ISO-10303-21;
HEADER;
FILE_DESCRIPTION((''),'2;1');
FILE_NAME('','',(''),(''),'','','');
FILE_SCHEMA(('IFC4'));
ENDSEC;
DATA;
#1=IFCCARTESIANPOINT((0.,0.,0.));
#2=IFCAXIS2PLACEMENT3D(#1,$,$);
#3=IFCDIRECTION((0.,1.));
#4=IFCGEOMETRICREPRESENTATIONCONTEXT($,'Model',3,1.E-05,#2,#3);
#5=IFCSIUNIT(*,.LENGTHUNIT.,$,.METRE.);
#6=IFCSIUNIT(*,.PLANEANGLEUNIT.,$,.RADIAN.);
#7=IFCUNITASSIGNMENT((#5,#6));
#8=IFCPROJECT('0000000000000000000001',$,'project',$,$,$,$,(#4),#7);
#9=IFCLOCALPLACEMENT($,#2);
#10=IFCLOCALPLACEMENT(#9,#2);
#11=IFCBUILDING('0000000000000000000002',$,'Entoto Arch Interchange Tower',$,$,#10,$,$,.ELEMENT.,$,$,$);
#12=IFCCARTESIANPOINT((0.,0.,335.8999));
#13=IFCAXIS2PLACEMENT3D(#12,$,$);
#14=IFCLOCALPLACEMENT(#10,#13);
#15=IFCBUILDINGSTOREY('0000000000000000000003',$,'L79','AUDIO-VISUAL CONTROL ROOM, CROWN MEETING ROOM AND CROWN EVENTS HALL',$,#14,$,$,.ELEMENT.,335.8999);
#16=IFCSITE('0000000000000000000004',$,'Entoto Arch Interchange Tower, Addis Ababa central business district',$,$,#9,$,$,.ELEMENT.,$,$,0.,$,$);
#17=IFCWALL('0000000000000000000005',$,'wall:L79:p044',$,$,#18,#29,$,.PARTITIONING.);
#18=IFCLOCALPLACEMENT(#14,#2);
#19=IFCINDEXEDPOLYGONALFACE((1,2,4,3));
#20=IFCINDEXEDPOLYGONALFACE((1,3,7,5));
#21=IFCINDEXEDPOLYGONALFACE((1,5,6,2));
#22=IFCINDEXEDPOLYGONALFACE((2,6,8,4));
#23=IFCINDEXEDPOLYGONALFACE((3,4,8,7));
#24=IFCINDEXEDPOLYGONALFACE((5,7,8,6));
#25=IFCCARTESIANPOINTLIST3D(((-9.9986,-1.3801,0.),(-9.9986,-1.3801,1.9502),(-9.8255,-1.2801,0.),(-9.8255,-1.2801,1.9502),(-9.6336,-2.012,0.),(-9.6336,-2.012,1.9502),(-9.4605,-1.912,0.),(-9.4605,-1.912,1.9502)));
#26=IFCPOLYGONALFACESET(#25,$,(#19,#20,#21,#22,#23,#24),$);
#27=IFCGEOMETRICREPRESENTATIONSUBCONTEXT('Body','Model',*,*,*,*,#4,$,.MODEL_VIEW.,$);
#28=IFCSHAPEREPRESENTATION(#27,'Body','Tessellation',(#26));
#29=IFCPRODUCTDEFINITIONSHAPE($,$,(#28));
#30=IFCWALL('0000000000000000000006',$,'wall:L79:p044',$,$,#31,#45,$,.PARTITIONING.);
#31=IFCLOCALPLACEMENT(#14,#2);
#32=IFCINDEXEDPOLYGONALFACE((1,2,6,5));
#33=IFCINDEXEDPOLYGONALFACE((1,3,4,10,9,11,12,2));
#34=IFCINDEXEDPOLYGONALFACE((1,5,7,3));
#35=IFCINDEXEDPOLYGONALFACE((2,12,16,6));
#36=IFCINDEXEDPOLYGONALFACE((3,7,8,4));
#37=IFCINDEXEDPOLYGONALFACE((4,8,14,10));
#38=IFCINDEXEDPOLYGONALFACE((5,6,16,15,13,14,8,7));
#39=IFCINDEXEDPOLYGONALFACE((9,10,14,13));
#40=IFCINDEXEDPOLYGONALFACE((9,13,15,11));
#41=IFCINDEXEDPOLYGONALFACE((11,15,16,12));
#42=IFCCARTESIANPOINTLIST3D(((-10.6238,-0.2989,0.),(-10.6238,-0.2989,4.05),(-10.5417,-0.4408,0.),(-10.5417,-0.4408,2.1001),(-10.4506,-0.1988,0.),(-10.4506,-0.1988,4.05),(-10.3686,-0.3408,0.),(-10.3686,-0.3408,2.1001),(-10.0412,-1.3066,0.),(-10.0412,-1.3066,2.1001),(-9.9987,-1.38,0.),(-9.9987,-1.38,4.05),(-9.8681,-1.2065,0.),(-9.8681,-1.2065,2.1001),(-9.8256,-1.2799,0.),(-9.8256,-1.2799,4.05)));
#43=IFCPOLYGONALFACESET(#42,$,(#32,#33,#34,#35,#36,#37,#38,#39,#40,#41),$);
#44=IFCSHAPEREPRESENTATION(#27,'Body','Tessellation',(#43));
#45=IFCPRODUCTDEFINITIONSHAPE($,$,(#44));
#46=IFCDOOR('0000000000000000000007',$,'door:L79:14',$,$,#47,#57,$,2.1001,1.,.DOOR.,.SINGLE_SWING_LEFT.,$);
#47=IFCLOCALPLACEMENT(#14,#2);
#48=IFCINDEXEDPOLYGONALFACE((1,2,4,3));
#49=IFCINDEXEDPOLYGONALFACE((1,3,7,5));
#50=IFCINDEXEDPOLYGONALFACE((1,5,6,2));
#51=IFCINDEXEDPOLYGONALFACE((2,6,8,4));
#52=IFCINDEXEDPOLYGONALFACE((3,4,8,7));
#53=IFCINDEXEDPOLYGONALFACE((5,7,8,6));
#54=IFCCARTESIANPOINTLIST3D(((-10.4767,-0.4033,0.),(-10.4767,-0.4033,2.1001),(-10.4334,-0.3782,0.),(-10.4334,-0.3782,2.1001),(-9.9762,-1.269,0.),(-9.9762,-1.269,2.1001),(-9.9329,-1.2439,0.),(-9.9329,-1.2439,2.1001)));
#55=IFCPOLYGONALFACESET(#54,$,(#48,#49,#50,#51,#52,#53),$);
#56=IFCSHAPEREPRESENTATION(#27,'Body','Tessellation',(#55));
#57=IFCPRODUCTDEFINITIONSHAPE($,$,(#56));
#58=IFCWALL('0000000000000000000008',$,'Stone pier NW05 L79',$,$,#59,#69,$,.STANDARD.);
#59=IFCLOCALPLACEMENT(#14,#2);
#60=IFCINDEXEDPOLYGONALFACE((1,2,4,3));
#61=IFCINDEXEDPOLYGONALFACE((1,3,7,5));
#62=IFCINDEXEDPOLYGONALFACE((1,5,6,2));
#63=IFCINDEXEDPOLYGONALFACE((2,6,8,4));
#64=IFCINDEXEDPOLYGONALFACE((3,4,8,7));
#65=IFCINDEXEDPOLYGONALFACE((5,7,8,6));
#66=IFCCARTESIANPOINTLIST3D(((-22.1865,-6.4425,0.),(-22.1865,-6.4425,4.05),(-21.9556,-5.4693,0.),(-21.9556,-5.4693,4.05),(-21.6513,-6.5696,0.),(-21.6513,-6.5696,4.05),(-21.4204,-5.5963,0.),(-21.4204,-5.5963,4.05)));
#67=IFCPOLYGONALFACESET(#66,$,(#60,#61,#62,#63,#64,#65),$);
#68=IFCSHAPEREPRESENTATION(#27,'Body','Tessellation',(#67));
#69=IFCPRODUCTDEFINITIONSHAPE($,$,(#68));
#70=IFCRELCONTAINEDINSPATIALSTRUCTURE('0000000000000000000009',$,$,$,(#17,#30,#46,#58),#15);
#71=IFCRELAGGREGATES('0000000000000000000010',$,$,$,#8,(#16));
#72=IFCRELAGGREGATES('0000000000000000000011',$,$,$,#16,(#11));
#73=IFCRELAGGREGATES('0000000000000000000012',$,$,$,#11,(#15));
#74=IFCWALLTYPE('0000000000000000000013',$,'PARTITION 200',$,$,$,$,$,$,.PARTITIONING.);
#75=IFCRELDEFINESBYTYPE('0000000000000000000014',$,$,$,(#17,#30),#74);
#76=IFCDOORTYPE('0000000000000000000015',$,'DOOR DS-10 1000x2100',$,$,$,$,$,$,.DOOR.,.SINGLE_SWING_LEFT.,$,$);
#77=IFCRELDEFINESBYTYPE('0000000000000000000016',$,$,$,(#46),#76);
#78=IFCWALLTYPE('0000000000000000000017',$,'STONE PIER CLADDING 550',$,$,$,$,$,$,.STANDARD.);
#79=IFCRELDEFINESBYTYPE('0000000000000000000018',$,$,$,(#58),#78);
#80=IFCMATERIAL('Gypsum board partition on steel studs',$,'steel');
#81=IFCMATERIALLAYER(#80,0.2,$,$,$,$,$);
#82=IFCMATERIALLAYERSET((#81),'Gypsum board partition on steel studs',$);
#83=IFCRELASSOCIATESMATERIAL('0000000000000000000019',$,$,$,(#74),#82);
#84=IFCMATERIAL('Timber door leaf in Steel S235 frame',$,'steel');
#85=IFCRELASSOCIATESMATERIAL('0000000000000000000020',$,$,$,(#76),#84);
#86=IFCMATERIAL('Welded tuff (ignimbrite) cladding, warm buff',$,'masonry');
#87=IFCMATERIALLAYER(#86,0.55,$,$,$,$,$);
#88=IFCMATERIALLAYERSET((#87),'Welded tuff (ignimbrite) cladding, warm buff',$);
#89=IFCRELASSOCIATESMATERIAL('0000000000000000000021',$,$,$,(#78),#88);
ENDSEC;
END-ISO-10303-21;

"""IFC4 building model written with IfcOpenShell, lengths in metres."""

from ifc_helpers import new_model, si_unit, direction, frame, frame_2d, origin, place, context, subcontext, project, spatial, rectangle, extrude, material, layer, layer_set, type_object, element, fill, save


model = new_model("IFC4")

# Units and contexts
model_context = context("Model", 3, precision=1e-05, world=origin(), true_north=direction((0.0, 1.0)))
body_context = subcontext(model_context, "Body", "Model", "MODEL_VIEW")
ifc_project = project(units=[si_unit("LENGTHUNIT", "METRE"), si_unit("PLANEANGLEUNIT", "RADIAN")], contexts=[model_context])

# Site, building, storey
site_placement = place(None, origin())
site = spatial("IfcSite", under=ifc_project, at=site_placement, Name="Entoto Arch Interchange Tower, Addis Ababa central business district", CompositionType="ELEMENT", RefElevation=0.0)
building_placement = place(site_placement, origin())
building = spatial("IfcBuilding", under=site, at=building_placement, Name="Entoto Arch Interchange Tower", CompositionType="ELEMENT")
storey_placement = place(building_placement, frame((0.0, 0.0, 335.8999)))
storey = spatial("IfcBuildingStorey", under=building, at=storey_placement, Name="L79", Description="AUDIO-VISUAL CONTROL ROOM, CROWN MEETING ROOM AND CROWN EVENTS HALL", CompositionType="ELEMENT", Elevation=335.8999)

# Wall
ifc_material_1 = material(Name="Gypsum board partition on steel studs", Category="steel")
ifc_layer_1 = layer(ifc_material_1, 0.2)
ifc_layer_set_1 = layer_set([ifc_layer_1], Name="Gypsum board partition on steel studs")
wall_type_1 = type_object("IfcWallType", Name="PARTITION 200", PredefinedType="PARTITIONING", material=ifc_layer_set_1)
wall_1_placement = place(storey_placement, frame((-9.5471, -1.9619, 0.0), z_axis=(0.0, 0.0, 1.0), x_axis=(-0.500205, 0.865907, 0.0)))
element("IfcWall", 1, at=wall_1_placement, inside=storey, type_object=wall_type_1, Name="wall:L79:p044", PredefinedType="PARTITIONING", context=body_context, shape_type="SweptSolid", body=[
    extrude(rectangle(XDim=0.7297, YDim=0.2, at=frame_2d((0.3647, 0.0))), origin(), (0.0, 0.0, 1.0), 1.9502),
])

# Wall, opening, door
wall_2_placement = place(storey_placement, frame((-9.9121, -1.3301, 0.0), z_axis=(0.0, 0.0, 1.0), x_axis=(-0.500512, 0.86573, 0.0)))
wall_2 = element("IfcWall", 2, at=wall_2_placement, inside=storey, type_object=wall_type_1, Name="wall:L79:p044", PredefinedType="PARTITIONING", context=body_context, shape_type="SweptSolid", body=[
    extrude(rectangle(XDim=1.2488, YDim=0.2, at=frame_2d((0.6245, 0.0))), origin(), (0.0, 0.0, 1.0), 4.05),
])
opening_placement = place(wall_2_placement, frame((0.085, 0.0, 0.0)))
opening = element("IfcOpeningElement", 3, at=opening_placement, cuts=wall_2, PredefinedType="OPENING", context=body_context, shape_type="SweptSolid", body=[
    extrude(rectangle(XDim=1.0, YDim=2.1001, at=frame_2d((0.5, 1.05))), frame((0.0, 0.1099, 0.0), z_axis=(0.0, -1.0, 0.0), x_axis=(1.0, 0.0, 0.0)), (0.0, 0.0, 1.0), 0.22),
])
ifc_material_2 = material(Name="Timber door leaf in Steel S235 frame", Category="steel")
door_type = type_object("IfcDoorType", Name="DOOR DS-10 1000x2100", OperationType="SINGLE_SWING_LEFT", PredefinedType="DOOR", material=ifc_material_2)
door_placement = place(opening_placement, origin())
door = element("IfcDoor", 4, at=door_placement, inside=storey, type_object=door_type, Name="door:L79:14", OperationType="SINGLE_SWING_LEFT", OverallHeight=2.1001, OverallWidth=1.0, PredefinedType="DOOR", context=body_context, shape_type="SweptSolid", body=[
    extrude(rectangle(XDim=1.0, YDim=2.1001, at=frame_2d((0.5, 1.05))), frame((0.0, 0.0249, 0.0), z_axis=(0.0, -1.0, 0.0), x_axis=(1.0, 0.0, 0.0)), (0.0, 0.0, 1.0), 0.05),
])
fill(opening, door)

# Wall
ifc_material_3 = material(Name="Welded tuff (ignimbrite) cladding, warm buff", Category="masonry")
ifc_layer_2 = layer(ifc_material_3, 0.55)
ifc_layer_set_2 = layer_set([ifc_layer_2], Name="Welded tuff (ignimbrite) cladding, warm buff")
wall_type_2 = type_object("IfcWallType", Name="STONE PIER CLADDING 550", PredefinedType="STANDARD", material=ifc_layer_set_2)
wall_3_placement = place(storey_placement, frame((-21.688, -5.533, 0.0), z_axis=(0.0, 0.0, 1.0), x_axis=(-0.230916, -0.972974, 0.0)))
element("IfcWall", 5, at=wall_3_placement, inside=storey, type_object=wall_type_2, Name="Stone pier NW05 L79", PredefinedType="STANDARD", context=body_context, shape_type="SweptSolid", body=[
    extrude(rectangle(XDim=1.0002, YDim=0.55, at=frame_2d((0.5, 0.0))), origin(), (0.0, 0.0, 1.0), 4.05),
])

save(model, "model.ifc")
